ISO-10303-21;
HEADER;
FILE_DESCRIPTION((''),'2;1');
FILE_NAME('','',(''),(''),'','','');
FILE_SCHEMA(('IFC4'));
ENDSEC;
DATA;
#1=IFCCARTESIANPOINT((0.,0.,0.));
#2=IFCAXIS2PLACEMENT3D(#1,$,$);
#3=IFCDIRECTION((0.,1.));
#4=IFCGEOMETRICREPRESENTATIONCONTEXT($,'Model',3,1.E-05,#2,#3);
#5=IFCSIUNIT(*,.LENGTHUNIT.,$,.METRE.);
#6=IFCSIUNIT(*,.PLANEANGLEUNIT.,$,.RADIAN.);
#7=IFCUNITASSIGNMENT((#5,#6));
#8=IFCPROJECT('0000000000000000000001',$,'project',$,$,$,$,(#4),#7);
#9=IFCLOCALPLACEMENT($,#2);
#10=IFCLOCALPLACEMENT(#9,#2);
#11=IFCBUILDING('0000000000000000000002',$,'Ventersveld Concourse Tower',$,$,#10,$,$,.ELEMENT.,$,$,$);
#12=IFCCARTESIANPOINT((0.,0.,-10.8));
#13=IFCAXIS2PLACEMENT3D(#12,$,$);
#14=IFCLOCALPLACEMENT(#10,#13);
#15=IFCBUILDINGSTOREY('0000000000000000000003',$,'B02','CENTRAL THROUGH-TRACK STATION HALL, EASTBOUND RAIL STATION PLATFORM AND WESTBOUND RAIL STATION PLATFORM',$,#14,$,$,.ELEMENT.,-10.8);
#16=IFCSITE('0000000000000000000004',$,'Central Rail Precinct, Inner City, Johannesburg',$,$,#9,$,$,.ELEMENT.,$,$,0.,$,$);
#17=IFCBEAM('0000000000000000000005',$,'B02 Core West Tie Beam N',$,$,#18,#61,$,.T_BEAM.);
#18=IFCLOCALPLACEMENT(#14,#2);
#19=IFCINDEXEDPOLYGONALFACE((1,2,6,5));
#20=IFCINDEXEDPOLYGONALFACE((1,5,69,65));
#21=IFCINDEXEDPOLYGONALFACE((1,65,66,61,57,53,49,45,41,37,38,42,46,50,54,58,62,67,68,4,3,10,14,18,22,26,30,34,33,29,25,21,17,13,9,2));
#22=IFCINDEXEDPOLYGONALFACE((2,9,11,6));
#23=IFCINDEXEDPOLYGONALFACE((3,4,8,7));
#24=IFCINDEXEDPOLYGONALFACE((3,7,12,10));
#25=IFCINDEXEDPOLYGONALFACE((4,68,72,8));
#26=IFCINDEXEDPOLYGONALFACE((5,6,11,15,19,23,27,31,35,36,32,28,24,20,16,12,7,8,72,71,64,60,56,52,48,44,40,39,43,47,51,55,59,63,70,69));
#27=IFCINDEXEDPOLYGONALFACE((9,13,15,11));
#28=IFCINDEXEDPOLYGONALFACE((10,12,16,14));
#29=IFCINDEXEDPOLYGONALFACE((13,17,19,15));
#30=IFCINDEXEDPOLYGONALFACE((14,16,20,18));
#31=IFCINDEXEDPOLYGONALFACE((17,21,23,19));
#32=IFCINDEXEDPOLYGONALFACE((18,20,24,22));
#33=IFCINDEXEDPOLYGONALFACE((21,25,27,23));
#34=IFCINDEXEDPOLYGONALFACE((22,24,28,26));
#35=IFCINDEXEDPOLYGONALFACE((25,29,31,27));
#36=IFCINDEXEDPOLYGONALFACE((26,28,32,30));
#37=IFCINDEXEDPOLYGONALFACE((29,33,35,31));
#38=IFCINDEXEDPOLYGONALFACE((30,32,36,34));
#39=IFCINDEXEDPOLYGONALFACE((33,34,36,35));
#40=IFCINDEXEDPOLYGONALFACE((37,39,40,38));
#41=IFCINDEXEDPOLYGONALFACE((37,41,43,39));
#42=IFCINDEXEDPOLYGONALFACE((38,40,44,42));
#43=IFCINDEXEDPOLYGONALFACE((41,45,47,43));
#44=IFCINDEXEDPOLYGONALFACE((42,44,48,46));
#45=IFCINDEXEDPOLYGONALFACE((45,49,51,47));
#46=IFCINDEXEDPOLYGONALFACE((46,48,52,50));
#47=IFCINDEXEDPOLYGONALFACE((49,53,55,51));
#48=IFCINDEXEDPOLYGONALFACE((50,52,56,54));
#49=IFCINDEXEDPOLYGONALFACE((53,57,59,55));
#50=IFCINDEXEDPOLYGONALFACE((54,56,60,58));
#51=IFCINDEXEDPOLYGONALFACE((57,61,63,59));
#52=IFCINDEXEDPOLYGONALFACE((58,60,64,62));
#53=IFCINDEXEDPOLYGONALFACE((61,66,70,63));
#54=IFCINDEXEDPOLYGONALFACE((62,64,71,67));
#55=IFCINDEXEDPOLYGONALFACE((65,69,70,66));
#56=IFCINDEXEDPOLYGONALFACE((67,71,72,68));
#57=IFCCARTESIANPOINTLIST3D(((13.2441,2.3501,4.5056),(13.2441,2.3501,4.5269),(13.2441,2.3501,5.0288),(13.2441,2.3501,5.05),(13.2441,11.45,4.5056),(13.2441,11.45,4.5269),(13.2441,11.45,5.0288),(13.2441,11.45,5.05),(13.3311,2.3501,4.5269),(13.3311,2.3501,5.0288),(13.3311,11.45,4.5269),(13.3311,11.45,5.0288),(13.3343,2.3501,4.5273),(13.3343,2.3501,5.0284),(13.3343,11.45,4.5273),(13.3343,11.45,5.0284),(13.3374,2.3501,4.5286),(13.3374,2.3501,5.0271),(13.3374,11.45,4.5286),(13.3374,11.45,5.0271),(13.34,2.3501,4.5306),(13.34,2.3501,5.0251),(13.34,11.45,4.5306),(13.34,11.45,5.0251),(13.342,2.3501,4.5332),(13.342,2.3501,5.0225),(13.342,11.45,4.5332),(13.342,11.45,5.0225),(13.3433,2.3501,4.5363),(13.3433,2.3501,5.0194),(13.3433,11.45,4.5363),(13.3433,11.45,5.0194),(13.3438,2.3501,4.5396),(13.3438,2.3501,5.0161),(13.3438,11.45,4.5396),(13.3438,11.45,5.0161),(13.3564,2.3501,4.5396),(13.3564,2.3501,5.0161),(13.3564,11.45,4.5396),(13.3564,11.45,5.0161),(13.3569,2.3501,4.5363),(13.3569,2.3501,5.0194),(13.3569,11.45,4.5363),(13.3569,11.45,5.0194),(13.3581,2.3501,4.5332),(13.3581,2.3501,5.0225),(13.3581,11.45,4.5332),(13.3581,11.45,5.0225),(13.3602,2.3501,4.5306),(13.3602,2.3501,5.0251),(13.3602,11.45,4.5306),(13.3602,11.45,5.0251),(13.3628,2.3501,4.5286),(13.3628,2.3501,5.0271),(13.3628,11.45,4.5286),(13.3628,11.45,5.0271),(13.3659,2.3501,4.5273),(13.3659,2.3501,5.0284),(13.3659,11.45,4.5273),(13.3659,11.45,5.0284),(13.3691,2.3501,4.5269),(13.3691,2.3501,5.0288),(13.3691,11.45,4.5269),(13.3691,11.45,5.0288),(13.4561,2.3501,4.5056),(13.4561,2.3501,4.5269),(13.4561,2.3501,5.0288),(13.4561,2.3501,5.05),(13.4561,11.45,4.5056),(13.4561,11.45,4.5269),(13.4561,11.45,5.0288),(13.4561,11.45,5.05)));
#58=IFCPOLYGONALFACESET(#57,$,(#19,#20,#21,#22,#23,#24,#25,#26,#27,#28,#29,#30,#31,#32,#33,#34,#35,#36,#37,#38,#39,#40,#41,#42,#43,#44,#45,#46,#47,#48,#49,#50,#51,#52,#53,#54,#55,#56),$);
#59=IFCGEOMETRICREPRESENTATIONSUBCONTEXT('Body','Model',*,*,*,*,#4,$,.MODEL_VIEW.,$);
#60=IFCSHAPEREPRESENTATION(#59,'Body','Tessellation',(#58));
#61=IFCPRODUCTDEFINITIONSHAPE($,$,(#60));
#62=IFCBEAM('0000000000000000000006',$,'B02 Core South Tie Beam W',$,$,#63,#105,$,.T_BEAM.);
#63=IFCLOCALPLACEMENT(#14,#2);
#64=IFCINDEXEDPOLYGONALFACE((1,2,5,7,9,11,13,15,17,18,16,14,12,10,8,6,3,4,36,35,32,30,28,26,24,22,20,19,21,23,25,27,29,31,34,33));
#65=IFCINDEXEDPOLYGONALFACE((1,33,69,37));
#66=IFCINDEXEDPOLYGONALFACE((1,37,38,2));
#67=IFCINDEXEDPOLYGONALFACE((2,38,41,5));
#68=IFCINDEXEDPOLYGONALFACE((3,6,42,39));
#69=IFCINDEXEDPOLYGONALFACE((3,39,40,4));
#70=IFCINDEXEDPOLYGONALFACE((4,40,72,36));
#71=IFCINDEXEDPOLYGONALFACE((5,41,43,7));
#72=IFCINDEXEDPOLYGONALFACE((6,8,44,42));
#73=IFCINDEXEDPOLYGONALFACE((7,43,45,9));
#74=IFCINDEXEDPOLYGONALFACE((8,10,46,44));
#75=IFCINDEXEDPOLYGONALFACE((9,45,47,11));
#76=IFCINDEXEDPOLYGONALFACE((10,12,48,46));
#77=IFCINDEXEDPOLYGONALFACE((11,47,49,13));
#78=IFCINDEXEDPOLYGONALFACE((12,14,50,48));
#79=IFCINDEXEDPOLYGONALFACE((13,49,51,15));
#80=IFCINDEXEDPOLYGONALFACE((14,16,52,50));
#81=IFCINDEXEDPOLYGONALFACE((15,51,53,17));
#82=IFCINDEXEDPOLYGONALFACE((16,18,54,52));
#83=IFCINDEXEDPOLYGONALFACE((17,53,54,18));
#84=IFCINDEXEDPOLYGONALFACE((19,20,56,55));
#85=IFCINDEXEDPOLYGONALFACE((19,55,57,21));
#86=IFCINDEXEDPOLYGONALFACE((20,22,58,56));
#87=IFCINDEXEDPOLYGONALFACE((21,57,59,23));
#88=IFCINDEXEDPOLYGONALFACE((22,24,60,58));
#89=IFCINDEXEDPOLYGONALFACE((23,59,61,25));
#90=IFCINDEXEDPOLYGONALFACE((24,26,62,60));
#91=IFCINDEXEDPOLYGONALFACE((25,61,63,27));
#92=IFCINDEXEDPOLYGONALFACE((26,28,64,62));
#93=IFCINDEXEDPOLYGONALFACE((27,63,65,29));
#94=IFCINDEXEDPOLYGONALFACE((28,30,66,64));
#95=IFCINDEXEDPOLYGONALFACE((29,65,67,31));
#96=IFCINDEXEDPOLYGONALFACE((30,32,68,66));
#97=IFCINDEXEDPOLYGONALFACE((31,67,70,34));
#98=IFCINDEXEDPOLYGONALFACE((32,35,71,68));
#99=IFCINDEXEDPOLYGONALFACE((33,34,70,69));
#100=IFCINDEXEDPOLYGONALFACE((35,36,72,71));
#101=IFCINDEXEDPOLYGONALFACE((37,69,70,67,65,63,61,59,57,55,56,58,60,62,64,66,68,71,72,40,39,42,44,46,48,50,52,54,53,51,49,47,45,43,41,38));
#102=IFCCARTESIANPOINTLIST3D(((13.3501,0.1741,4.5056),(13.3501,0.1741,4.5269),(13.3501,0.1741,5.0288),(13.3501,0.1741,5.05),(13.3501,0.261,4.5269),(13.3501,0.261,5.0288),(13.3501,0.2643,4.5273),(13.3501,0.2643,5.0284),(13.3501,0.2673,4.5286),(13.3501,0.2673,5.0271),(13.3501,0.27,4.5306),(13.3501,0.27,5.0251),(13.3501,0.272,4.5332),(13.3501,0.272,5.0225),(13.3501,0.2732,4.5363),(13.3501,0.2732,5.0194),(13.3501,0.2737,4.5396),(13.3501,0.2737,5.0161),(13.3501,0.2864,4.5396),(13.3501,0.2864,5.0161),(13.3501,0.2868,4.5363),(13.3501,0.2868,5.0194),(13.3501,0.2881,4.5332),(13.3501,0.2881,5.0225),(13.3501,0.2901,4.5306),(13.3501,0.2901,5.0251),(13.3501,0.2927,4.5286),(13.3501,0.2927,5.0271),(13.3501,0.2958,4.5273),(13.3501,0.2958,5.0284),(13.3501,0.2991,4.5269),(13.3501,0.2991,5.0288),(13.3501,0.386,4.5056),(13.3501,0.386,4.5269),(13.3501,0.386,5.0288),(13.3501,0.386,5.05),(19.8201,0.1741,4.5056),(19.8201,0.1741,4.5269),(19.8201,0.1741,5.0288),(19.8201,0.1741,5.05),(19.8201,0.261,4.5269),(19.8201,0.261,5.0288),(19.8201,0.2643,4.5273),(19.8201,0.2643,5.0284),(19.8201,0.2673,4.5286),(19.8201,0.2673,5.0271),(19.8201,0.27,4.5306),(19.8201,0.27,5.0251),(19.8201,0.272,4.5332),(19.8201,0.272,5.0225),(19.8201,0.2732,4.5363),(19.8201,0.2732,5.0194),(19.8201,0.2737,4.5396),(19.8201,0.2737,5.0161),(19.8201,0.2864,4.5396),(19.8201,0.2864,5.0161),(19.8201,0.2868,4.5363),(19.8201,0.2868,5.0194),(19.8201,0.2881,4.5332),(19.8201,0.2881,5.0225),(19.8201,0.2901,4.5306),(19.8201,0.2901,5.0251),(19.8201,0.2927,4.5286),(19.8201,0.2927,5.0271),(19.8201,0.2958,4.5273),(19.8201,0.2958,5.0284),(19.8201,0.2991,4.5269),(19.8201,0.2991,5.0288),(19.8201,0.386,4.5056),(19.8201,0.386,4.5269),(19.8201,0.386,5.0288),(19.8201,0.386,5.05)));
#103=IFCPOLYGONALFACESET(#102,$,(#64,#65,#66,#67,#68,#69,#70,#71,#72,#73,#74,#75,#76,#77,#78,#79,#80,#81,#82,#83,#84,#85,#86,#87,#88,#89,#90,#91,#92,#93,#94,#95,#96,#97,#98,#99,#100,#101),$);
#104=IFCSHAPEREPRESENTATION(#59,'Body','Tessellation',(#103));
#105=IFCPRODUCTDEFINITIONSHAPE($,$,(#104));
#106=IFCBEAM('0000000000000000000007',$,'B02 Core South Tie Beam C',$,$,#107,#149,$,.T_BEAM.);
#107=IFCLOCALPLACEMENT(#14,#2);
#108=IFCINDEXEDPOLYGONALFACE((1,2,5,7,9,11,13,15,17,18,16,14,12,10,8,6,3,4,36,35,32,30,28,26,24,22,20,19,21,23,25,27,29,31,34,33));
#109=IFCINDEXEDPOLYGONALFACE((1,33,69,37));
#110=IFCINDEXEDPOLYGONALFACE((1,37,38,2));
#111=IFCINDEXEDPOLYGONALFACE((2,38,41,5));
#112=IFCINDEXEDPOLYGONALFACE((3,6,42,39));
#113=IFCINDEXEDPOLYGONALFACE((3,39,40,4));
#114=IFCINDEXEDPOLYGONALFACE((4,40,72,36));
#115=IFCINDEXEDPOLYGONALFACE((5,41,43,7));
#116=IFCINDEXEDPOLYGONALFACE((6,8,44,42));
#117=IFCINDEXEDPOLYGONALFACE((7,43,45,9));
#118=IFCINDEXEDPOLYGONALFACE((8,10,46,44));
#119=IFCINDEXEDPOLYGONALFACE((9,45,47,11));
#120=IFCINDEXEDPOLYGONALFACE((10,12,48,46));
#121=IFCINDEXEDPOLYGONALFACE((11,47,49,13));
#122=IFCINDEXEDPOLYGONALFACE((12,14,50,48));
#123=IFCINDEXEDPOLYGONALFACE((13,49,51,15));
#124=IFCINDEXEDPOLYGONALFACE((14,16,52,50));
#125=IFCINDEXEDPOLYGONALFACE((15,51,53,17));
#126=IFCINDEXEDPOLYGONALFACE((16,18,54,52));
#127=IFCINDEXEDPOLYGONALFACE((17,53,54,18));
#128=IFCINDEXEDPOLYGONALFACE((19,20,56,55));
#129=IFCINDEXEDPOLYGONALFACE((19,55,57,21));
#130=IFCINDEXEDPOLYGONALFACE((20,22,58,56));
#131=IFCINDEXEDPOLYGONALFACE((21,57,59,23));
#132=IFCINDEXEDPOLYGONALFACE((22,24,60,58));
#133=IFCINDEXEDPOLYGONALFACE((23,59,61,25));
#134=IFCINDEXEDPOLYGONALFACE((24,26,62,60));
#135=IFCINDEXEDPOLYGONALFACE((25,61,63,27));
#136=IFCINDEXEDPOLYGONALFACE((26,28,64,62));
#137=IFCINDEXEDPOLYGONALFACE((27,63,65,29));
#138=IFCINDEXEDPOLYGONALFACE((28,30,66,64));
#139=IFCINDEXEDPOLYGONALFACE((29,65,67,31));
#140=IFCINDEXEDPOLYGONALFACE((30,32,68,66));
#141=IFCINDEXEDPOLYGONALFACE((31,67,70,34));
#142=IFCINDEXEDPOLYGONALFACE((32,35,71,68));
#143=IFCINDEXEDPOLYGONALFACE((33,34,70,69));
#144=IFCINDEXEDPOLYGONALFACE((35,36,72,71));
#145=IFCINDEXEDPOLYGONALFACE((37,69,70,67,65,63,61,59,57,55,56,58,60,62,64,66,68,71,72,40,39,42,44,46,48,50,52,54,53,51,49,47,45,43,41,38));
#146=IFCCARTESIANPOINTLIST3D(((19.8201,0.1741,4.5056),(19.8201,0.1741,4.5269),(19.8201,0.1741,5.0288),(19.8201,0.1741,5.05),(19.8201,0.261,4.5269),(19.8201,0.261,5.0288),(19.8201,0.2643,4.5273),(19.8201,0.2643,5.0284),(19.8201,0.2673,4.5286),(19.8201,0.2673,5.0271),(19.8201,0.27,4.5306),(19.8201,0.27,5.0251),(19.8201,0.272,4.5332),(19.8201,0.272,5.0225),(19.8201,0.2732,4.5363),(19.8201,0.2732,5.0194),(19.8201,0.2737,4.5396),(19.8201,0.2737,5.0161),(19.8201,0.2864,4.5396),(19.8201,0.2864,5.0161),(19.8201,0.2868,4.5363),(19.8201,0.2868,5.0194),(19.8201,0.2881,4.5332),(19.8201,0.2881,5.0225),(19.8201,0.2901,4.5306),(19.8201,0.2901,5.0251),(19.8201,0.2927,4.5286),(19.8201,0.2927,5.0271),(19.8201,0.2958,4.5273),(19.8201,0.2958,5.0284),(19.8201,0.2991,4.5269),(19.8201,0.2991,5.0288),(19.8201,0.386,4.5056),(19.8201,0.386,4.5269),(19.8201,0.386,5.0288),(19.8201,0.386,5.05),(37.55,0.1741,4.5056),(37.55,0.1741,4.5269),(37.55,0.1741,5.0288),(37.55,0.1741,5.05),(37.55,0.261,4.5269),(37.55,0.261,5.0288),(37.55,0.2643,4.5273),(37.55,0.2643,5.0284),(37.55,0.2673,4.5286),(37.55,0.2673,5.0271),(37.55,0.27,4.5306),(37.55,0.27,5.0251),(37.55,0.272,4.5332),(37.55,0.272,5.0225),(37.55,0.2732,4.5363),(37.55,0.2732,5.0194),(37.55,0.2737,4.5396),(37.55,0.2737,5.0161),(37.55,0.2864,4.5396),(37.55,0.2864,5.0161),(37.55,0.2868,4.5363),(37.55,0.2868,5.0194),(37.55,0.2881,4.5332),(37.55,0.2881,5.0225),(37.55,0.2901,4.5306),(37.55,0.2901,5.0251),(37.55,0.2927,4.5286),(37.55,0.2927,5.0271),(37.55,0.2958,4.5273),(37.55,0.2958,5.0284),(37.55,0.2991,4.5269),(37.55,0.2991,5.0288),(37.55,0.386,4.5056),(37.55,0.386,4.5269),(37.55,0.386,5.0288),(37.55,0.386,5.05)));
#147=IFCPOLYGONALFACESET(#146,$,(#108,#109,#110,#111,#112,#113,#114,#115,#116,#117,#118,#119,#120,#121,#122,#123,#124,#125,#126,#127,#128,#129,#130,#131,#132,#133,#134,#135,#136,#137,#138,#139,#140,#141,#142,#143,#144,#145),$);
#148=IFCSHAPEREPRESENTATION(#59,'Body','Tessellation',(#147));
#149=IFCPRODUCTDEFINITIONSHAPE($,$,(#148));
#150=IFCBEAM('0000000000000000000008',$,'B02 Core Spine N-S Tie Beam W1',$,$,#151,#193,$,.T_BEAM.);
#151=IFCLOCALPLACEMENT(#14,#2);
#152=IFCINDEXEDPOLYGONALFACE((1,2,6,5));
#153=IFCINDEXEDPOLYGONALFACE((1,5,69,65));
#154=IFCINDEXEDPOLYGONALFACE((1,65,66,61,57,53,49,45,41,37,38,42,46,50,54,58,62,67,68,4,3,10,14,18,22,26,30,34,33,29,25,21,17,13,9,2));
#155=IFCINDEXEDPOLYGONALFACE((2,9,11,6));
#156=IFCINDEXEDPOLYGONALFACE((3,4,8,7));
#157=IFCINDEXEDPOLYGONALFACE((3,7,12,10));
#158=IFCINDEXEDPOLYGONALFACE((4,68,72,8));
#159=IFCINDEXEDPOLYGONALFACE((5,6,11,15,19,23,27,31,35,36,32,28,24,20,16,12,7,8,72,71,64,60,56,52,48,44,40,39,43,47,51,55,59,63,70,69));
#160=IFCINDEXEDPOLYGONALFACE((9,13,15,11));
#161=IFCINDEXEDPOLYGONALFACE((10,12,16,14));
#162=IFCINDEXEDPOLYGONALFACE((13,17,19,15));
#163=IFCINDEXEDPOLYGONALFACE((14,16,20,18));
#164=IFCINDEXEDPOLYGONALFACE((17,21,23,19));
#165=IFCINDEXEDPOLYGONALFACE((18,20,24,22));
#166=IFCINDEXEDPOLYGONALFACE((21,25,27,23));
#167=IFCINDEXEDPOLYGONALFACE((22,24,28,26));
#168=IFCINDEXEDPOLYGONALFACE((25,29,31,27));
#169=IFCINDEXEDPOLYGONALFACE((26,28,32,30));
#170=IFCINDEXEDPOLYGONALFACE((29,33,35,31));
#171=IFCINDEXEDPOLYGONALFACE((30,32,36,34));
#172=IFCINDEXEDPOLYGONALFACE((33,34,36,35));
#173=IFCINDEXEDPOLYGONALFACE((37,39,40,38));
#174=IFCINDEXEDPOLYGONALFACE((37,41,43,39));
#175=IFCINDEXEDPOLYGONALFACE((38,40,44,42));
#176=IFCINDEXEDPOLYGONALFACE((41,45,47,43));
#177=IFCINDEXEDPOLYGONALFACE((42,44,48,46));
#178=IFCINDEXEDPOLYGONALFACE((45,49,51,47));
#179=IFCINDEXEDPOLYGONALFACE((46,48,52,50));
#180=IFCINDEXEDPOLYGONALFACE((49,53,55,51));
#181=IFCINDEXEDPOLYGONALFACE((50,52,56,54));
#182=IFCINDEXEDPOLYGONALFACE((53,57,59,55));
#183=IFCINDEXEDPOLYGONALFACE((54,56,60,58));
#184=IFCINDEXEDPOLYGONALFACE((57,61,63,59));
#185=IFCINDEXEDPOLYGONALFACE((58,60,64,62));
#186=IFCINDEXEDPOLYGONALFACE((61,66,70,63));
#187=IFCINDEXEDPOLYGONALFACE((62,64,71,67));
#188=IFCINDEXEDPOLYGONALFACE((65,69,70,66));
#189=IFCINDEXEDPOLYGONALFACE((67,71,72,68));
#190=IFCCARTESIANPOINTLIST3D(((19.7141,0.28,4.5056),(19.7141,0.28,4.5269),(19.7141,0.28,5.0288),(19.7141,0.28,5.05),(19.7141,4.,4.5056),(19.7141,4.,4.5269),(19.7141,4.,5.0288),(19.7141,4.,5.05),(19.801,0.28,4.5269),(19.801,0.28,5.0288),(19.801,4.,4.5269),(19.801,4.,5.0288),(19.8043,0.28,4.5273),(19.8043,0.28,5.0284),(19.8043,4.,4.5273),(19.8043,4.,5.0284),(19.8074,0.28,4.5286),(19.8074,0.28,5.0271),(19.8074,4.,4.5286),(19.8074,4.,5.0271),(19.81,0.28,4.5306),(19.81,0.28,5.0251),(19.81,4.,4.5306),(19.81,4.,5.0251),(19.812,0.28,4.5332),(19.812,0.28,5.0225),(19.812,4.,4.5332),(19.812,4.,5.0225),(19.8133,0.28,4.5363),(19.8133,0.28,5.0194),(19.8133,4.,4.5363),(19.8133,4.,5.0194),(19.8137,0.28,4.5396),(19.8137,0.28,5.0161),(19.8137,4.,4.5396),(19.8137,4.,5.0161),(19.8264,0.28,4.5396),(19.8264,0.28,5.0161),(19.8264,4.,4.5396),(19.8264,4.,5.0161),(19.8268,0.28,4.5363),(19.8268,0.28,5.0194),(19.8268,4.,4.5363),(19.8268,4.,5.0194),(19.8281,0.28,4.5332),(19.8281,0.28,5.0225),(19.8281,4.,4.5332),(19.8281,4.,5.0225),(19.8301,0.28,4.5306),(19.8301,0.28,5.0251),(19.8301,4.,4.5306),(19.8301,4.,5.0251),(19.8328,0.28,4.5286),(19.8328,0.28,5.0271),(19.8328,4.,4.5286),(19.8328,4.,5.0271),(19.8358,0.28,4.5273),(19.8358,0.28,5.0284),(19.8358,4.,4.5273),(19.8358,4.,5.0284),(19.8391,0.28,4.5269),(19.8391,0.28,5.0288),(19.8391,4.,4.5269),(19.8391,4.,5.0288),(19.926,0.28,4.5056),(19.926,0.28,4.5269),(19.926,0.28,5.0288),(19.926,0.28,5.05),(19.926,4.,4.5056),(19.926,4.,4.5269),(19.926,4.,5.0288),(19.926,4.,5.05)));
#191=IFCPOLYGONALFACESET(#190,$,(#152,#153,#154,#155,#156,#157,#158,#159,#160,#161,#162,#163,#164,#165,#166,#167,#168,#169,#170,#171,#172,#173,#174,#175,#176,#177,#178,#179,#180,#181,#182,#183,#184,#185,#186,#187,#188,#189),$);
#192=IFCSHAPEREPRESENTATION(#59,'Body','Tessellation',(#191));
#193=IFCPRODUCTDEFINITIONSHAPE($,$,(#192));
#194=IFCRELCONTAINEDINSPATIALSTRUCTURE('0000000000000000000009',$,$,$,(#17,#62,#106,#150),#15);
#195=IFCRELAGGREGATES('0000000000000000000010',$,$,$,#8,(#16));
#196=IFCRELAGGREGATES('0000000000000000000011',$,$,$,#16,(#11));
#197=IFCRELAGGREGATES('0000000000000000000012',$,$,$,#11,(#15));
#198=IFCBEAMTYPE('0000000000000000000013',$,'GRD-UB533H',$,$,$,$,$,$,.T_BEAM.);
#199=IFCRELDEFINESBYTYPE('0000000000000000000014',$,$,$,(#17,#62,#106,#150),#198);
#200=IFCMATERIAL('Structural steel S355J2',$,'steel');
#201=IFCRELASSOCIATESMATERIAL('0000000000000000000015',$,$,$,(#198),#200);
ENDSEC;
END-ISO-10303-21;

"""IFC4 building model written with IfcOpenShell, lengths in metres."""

from ifc_helpers import new_model, si_unit, direction, frame, origin, origin_2d, place, context, subcontext, project, spatial, i_section, extrude, material, material_profile, profile_set, type_object, element, save


model = new_model("IFC4")

# Units and contexts
model_context = context("Model", 3, precision=1e-05, world=origin(), true_north=direction((0.0, 1.0)))
body_context = subcontext(model_context, "Body", "Model", "MODEL_VIEW")
ifc_project = project(units=[si_unit("LENGTHUNIT", "METRE"), si_unit("PLANEANGLEUNIT", "RADIAN")], contexts=[model_context])

# Site, building, storey
site_placement = place(None, origin())
site = spatial("IfcSite", under=ifc_project, at=site_placement, Name="Central Rail Precinct, Inner City, Johannesburg", CompositionType="ELEMENT", RefElevation=0.0)
building_placement = place(site_placement, origin())
building = spatial("IfcBuilding", under=site, at=building_placement, Name="Ventersveld Concourse Tower", CompositionType="ELEMENT")
storey_placement = place(building_placement, frame((0.0, 0.0, -10.8)))
storey = spatial("IfcBuildingStorey", under=building, at=storey_placement, Name="B02", Description="CENTRAL THROUGH-TRACK STATION HALL, EASTBOUND RAIL STATION PLATFORM AND WESTBOUND RAIL STATION PLATFORM", CompositionType="ELEMENT", Elevation=-10.8)

# Beams
ifc_material_1 = material(Name="Structural steel S355J2", Category="steel")
ifc_material_profile_1 = material_profile(ifc_material_1, i_section(OverallWidth=0.2119, OverallDepth=0.5444, WebThickness=0.0127, FlangeThickness=0.0212, FilletRadius=0.0127, at=origin_2d()), Name="UB 533x210x122")
ifc_profile_set_1 = profile_set([ifc_material_profile_1], Name="Structural steel S355J2")
beam_type = type_object("IfcBeamType", Name="GRD-UB533H", PredefinedType="T_BEAM", material=ifc_profile_set_1)
beam_1_placement = place(storey_placement, frame((13.3501, 2.3501, 4.7778), z_axis=(0.0, 1.0, 0.0), x_axis=(-1.0, 0.0, 0.0)))
element("IfcBeam", 1, at=beam_1_placement, inside=storey, type_object=beam_type, Name="B02 Core West Tie Beam N", PredefinedType="T_BEAM", context=body_context, shape_type="SweptSolid", body=[
    extrude(i_section(OverallWidth=0.2119, OverallDepth=0.5444, WebThickness=0.0127, FlangeThickness=0.0212, FilletRadius=0.0127, at=origin_2d()), origin(), (0.0, 0.0, 1.0), 9.0999),
])
beam_2_placement = place(storey_placement, frame((13.3501, 0.28, 4.7778), z_axis=(1.0, 0.0, 0.0), x_axis=(0.0, 1.0, 0.0)))
element("IfcBeam", 2, at=beam_2_placement, inside=storey, type_object=beam_type, Name="B02 Core South Tie Beam W", PredefinedType="T_BEAM", context=body_context, shape_type="SweptSolid", body=[
    extrude(i_section(OverallWidth=0.2119, OverallDepth=0.5444, WebThickness=0.0127, FlangeThickness=0.0212, FilletRadius=0.0127, at=origin_2d()), origin(), (0.0, 0.0, 1.0), 6.47),
])
beam_3_placement = place(storey_placement, frame((19.8201, 0.28, 4.7778), z_axis=(1.0, 0.0, 0.0), x_axis=(0.0, 1.0, 0.0)))
element("IfcBeam", 3, at=beam_3_placement, inside=storey, type_object=beam_type, Name="B02 Core South Tie Beam C", PredefinedType="T_BEAM", context=body_context, shape_type="SweptSolid", body=[
    extrude(i_section(OverallWidth=0.2119, OverallDepth=0.5444, WebThickness=0.0127, FlangeThickness=0.0212, FilletRadius=0.0127, at=origin_2d()), origin(), (0.0, 0.0, 1.0), 17.73),
])
beam_4_placement = place(storey_placement, frame((19.8201, 0.28, 4.7778), z_axis=(0.0, 1.0, 0.0), x_axis=(-1.0, 0.0, 0.0)))
element("IfcBeam", 4, at=beam_4_placement, inside=storey, type_object=beam_type, Name="B02 Core Spine N-S Tie Beam W1", PredefinedType="T_BEAM", context=body_context, shape_type="SweptSolid", body=[
    extrude(i_section(OverallWidth=0.2119, OverallDepth=0.5444, WebThickness=0.0127, FlangeThickness=0.0212, FilletRadius=0.0127, at=origin_2d()), origin(), (0.0, 0.0, 1.0), 3.72),
])

save(model, "model.ifc")
